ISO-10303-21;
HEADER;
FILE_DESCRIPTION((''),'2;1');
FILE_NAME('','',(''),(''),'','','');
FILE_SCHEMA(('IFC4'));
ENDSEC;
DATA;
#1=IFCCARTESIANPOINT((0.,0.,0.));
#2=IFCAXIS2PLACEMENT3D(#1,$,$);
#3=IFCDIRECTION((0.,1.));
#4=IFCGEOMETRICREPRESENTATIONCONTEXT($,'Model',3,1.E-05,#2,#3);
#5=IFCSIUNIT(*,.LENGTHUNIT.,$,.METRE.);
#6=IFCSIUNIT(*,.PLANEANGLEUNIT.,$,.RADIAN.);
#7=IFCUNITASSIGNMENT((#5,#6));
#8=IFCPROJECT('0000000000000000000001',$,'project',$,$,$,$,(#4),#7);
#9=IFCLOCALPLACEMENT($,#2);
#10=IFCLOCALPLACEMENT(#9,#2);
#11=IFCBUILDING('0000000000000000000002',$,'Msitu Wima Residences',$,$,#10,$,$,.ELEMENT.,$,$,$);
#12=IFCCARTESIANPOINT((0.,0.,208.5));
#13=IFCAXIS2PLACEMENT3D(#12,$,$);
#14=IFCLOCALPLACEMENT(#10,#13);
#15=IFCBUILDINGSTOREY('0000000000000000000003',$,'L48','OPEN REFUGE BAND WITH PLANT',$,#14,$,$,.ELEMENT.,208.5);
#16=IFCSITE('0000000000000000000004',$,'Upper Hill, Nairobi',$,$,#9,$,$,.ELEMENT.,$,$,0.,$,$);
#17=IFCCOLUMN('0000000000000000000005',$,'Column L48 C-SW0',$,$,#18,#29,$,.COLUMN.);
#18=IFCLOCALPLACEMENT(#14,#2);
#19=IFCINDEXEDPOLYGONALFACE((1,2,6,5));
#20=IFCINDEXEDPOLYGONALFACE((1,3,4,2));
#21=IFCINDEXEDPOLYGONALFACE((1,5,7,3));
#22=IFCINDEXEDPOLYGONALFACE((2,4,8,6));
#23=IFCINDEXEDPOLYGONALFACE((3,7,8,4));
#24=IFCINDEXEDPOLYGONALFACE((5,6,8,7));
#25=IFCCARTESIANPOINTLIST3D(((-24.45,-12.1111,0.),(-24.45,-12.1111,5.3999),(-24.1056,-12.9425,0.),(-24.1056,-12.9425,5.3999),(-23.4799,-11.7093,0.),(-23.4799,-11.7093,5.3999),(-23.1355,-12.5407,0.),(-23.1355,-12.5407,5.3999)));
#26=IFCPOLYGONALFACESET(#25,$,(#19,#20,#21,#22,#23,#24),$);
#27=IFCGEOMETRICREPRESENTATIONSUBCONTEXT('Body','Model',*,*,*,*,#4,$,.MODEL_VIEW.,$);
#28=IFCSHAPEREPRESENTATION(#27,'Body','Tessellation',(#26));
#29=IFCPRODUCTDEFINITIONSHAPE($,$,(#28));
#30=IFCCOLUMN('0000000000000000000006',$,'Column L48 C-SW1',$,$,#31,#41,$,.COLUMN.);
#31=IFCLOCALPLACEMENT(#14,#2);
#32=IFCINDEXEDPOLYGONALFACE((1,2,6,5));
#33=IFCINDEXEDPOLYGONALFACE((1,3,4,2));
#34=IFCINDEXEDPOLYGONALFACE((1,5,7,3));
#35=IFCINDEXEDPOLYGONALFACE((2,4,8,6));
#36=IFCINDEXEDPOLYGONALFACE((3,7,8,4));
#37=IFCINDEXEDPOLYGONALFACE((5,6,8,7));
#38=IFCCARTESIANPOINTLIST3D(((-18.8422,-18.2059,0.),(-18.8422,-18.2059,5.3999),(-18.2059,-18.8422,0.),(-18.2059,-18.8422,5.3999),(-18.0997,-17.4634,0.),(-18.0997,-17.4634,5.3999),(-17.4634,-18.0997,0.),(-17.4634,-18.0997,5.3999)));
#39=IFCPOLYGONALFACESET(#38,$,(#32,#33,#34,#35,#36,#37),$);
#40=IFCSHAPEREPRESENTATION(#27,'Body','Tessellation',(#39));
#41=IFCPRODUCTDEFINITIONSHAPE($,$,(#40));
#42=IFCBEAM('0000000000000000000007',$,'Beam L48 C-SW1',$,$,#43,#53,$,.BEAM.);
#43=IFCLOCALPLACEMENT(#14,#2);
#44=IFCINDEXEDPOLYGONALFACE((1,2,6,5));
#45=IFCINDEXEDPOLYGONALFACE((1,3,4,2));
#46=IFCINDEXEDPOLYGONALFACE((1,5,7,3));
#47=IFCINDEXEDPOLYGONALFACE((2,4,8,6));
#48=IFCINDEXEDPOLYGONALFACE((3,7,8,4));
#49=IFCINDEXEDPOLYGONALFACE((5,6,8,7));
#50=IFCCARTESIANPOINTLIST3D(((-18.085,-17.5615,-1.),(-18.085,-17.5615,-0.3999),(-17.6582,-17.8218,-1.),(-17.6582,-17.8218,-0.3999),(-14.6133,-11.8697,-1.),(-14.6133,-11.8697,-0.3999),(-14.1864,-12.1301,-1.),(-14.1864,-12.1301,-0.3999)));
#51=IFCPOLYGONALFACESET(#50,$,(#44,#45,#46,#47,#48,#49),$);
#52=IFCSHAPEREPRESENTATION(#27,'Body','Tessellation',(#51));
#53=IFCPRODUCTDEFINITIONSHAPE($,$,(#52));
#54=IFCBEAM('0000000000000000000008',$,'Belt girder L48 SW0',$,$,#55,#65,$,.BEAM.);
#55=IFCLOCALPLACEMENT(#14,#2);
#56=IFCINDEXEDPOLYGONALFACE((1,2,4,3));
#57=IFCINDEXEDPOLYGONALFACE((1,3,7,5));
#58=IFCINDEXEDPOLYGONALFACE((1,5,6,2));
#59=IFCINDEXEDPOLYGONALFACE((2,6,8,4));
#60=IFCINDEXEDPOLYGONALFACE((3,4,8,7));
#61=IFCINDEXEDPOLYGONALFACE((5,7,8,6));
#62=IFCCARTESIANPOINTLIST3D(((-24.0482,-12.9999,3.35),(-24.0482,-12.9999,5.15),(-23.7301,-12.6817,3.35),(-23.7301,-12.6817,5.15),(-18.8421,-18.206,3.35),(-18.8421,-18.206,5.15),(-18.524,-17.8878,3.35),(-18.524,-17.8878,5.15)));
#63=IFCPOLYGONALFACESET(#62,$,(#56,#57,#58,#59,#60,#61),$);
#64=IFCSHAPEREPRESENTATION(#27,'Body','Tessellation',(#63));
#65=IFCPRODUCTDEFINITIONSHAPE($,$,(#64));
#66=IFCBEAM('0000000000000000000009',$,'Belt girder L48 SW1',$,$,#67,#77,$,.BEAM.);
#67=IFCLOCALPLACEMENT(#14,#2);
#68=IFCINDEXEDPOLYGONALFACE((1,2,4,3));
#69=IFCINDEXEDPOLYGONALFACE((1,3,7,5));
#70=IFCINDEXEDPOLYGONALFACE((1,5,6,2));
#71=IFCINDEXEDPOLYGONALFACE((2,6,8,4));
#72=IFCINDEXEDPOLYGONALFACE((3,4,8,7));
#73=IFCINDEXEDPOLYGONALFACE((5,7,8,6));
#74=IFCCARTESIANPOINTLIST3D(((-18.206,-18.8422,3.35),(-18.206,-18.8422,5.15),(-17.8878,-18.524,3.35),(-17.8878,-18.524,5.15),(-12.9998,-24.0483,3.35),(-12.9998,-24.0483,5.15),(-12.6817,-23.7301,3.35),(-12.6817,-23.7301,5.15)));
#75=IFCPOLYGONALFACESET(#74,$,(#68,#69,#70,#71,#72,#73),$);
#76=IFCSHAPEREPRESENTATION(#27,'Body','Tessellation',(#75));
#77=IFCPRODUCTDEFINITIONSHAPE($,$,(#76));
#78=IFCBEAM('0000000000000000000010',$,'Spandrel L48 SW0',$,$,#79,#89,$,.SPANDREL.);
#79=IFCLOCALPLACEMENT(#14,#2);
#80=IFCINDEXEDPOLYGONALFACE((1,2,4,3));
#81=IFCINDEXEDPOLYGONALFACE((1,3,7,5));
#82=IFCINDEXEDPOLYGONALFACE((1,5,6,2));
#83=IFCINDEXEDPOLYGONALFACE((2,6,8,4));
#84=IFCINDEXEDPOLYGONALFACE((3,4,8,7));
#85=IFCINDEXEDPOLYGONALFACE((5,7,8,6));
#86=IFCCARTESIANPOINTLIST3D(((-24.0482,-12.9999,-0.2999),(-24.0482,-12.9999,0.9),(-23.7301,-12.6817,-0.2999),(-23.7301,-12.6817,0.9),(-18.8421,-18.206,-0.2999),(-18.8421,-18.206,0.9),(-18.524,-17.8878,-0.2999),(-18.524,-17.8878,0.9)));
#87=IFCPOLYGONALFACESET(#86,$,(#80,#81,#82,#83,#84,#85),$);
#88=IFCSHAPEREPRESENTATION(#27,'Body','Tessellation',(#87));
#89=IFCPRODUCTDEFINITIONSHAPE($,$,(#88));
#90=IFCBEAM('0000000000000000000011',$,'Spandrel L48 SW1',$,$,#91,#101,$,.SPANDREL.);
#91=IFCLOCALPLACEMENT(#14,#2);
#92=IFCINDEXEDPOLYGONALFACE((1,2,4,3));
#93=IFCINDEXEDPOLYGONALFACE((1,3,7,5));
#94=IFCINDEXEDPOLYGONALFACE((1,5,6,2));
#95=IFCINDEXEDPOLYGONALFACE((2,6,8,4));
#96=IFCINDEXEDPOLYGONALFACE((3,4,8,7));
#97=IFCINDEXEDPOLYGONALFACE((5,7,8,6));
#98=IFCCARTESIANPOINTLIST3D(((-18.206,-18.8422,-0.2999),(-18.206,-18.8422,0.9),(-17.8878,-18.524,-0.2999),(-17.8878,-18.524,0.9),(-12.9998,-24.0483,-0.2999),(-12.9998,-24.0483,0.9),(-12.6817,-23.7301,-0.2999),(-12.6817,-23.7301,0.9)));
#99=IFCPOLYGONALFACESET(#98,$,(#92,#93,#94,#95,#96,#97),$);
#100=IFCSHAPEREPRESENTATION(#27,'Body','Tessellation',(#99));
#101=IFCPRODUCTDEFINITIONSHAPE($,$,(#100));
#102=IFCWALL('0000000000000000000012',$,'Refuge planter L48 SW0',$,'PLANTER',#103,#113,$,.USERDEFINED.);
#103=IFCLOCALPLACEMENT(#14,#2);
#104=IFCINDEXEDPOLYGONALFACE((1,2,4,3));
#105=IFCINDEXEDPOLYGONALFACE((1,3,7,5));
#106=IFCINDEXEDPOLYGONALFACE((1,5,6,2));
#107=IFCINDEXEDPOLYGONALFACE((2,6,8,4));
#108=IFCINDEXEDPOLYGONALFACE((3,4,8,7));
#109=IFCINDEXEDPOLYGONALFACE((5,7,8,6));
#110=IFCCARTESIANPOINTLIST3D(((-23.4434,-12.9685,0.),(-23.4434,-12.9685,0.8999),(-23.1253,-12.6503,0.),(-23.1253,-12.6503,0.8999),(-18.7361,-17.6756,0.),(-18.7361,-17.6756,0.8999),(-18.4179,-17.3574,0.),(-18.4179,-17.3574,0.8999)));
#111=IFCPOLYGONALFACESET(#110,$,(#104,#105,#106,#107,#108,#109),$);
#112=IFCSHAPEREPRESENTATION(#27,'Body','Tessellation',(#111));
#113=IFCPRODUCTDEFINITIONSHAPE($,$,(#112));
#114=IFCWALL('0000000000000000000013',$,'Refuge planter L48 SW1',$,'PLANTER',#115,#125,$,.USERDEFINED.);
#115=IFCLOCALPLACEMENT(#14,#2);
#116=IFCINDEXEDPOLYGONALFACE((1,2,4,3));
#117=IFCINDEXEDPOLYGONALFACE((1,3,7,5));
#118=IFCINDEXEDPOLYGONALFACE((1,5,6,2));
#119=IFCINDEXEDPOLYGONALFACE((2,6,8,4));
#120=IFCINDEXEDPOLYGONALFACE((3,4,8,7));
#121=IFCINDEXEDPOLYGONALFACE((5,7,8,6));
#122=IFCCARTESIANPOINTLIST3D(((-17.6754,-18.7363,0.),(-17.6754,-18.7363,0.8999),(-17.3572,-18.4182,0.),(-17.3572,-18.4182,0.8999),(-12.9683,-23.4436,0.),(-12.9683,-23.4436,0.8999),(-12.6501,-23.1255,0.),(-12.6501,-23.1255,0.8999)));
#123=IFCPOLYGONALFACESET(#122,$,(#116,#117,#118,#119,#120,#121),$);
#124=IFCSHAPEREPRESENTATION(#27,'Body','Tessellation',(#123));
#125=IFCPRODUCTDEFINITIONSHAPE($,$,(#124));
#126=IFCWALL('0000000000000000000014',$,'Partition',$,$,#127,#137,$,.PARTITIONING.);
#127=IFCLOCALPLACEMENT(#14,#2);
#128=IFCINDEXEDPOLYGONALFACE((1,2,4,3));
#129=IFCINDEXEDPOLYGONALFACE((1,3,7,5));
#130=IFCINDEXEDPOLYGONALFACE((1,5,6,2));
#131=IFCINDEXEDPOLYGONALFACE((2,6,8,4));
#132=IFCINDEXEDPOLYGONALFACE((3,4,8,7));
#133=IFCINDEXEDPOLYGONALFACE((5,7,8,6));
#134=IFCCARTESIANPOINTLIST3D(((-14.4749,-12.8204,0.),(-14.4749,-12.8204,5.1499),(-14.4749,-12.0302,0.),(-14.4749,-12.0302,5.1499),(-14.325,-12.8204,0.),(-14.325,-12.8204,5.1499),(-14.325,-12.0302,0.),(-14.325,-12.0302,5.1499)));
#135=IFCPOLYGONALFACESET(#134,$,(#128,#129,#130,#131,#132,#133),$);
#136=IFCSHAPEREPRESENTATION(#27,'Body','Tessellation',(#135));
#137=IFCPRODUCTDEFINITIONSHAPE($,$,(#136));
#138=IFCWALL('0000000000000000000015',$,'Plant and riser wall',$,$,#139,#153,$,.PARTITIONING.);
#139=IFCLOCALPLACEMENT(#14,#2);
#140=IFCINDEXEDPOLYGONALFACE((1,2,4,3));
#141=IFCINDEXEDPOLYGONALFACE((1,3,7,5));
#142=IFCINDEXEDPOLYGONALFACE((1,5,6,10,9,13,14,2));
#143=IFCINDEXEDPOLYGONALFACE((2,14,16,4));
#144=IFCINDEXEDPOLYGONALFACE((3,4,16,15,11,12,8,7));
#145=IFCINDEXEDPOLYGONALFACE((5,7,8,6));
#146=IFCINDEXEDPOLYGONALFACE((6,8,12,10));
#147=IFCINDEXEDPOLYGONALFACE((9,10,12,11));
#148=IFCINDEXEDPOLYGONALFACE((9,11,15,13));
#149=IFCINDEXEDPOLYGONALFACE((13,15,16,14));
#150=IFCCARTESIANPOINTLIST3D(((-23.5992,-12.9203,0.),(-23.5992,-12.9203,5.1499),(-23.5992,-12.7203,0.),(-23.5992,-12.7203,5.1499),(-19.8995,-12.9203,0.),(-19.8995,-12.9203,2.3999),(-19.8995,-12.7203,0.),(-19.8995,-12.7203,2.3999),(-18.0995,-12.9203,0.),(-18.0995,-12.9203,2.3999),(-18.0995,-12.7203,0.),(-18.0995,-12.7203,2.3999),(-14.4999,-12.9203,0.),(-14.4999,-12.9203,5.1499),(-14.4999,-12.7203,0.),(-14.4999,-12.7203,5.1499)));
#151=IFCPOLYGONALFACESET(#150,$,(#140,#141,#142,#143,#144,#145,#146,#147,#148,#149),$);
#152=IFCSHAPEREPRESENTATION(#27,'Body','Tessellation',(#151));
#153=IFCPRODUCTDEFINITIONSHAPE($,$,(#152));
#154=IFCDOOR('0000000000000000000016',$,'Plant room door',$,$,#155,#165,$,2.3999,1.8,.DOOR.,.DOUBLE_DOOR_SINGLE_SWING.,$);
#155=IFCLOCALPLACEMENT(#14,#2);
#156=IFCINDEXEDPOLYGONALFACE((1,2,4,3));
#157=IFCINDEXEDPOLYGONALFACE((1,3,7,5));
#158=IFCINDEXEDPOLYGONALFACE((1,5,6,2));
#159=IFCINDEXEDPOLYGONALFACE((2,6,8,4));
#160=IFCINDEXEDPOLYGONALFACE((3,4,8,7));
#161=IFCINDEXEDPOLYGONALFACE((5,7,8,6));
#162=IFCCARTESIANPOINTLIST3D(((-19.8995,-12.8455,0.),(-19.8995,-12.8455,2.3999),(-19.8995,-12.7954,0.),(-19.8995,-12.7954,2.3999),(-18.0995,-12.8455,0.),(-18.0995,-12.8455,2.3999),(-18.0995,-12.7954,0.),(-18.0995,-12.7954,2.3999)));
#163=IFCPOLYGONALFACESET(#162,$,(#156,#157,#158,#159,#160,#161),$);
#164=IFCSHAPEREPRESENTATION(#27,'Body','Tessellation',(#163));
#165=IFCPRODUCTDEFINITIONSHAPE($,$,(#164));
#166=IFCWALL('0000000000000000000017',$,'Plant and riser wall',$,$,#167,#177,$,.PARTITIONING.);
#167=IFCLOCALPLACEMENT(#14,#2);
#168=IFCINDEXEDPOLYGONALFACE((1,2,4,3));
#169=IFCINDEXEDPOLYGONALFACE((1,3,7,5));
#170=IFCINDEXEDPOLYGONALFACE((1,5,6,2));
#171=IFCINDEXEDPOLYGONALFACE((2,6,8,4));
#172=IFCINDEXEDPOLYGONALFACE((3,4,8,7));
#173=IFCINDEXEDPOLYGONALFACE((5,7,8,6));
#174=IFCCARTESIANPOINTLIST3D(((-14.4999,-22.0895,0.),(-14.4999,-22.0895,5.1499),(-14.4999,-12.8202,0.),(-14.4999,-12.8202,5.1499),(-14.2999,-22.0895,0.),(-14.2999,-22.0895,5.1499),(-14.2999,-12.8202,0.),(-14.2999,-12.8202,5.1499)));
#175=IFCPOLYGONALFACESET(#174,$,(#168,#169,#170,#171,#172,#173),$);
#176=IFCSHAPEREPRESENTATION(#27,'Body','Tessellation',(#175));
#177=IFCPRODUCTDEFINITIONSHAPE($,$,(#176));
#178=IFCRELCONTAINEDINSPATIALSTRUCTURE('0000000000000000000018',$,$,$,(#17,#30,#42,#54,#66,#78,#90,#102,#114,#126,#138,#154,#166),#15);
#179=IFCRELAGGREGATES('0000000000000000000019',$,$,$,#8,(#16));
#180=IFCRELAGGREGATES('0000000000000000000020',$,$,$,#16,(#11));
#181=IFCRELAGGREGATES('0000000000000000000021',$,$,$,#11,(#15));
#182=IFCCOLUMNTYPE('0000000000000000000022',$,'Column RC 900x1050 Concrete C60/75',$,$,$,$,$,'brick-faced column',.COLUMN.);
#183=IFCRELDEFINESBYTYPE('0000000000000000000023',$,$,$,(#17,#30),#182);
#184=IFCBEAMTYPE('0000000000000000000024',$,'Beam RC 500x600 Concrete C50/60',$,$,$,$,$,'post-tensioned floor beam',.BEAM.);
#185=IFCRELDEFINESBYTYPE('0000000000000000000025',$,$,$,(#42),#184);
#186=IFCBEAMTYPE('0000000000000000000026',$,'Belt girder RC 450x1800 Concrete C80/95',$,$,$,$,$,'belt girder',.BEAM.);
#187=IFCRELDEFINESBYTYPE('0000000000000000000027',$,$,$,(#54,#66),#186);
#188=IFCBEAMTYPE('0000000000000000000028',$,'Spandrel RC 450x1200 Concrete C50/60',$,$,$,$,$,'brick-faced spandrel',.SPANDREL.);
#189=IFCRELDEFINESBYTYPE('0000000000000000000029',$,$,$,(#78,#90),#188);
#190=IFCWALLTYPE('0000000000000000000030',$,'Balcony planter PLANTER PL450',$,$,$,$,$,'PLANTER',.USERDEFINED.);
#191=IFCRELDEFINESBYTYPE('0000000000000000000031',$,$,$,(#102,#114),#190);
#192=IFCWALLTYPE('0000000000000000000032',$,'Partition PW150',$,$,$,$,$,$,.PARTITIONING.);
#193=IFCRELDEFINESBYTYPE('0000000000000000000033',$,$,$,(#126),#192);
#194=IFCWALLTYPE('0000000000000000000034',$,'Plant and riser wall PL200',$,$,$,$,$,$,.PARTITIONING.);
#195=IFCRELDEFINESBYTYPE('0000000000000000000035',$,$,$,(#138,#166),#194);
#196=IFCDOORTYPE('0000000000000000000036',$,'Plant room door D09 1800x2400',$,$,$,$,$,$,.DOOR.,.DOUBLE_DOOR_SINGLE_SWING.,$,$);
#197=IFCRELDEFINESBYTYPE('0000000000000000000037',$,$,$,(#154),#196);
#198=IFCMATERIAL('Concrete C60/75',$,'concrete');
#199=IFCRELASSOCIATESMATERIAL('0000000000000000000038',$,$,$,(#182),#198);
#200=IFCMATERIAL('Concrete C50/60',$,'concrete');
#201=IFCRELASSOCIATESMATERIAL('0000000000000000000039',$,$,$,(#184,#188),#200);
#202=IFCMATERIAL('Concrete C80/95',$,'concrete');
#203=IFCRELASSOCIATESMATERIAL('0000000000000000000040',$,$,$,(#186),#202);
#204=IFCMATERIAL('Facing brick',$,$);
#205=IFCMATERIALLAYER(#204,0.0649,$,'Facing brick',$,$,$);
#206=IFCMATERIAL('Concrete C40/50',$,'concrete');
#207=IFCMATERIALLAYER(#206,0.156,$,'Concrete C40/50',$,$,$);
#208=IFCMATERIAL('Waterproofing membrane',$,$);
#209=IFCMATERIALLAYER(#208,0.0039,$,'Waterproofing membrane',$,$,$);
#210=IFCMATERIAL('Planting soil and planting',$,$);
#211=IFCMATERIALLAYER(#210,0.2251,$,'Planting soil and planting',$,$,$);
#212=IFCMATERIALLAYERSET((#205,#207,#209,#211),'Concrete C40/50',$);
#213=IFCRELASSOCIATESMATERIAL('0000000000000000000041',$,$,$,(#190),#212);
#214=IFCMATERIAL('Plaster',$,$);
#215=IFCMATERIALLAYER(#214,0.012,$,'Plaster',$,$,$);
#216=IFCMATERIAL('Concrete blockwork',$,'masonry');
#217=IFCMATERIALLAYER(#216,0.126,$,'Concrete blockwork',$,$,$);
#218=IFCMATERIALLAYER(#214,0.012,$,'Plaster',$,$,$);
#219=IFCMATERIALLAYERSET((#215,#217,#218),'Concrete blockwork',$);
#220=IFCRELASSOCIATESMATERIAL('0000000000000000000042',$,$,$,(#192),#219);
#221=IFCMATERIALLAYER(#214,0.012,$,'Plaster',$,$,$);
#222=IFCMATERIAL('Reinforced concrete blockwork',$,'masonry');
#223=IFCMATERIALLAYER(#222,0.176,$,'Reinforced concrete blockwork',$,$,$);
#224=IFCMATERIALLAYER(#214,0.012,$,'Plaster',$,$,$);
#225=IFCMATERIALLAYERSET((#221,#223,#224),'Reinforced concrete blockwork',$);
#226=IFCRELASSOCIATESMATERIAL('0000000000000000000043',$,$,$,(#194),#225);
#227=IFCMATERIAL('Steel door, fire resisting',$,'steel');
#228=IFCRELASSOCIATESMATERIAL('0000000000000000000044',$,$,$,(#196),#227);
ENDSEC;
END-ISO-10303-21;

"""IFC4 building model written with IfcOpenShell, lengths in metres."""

from ifc_helpers import new_model, si_unit, direction, frame, frame_2d, origin, origin_2d, place, context, subcontext, project, spatial, rectangle, extrude, material, layer, layer_set, material_profile, profile_set, type_object, element, fill, save


model = new_model("IFC4")

# Units and contexts
model_context = context("Model", 3, precision=1e-05, world=origin(), true_north=direction((0.0, 1.0)))
body_context = subcontext(model_context, "Body", "Model", "MODEL_VIEW")
ifc_project = project(units=[si_unit("LENGTHUNIT", "METRE"), si_unit("PLANEANGLEUNIT", "RADIAN")], contexts=[model_context])

# Site, building, storey
site_placement = place(None, origin())
site = spatial("IfcSite", under=ifc_project, at=site_placement, Name="Upper Hill, Nairobi", CompositionType="ELEMENT", RefElevation=0.0)
building_placement = place(site_placement, origin())
building = spatial("IfcBuilding", under=site, at=building_placement, Name="Msitu Wima Residences", CompositionType="ELEMENT")
storey_placement = place(building_placement, frame((0.0, 0.0, 208.5)))
storey = spatial("IfcBuildingStorey", under=building, at=storey_placement, Name="L48", Description="OPEN REFUGE BAND WITH PLANT", CompositionType="ELEMENT", Elevation=208.5)

# Columns
ifc_material_1 = material(Name="Concrete C60/75", Category="concrete")
ifc_material_profile_1 = material_profile(ifc_material_1, rectangle(XDim=0.8999, YDim=1.05, at=origin_2d()), Name="RC 900x1050")
ifc_profile_set_1 = profile_set([ifc_material_profile_1], Name="Concrete C60/75")
column_type = type_object("IfcColumnType", Name="Column RC 900x1050 Concrete C60/75", ElementType="brick-faced column", PredefinedType="COLUMN", material=ifc_profile_set_1)
for number, where, z_axis, x_axis, name in (
    (1, (-23.7927, -12.3259, 0.0), (0.0, 0.0, 1.0), (0.382683, -0.92388, 0.0), "Column L48 C-SW0"),
    (2, (-18.1528, -18.1528, 0.0), (0.0, 0.0, 1.0), (0.707107, -0.707107, 0.0), "Column L48 C-SW1"),
):
    element("IfcColumn", number, at=place(storey_placement, frame(where, z_axis=z_axis, x_axis=x_axis)), inside=storey, type_object=column_type, Name=name, PredefinedType="COLUMN", context=body_context, shape_type="SweptSolid", body=[
        extrude(rectangle(XDim=0.8999, YDim=1.05, at=origin_2d()), origin(), (0.0, 0.0, 1.0), 5.3999),
    ])

# Beams
ifc_material_2 = material(Name="Concrete C50/60", Category="concrete")
ifc_material_profile_2 = material_profile(ifc_material_2, rectangle(XDim=0.5, YDim=0.6001, at=origin_2d()), Name="RC 500x600")
ifc_profile_set_2 = profile_set([ifc_material_profile_2], Name="Concrete C50/60")
beam_type_1 = type_object("IfcBeamType", Name="Beam RC 500x600 Concrete C50/60", ElementType="post-tensioned floor beam", PredefinedType="BEAM", material=ifc_profile_set_2)
beam_placement = place(storey_placement, frame((-17.8716, -17.6917, -0.7), z_axis=(0.520734, 0.853719, 0.0), x_axis=(-0.853719, 0.520734, 0.0)))
element("IfcBeam", 3, at=beam_placement, inside=storey, type_object=beam_type_1, Name="Beam L48 C-SW1", PredefinedType="BEAM", context=body_context, shape_type="SweptSolid", body=[
    extrude(rectangle(XDim=0.5, YDim=0.6001, at=origin_2d()), origin(), (0.0, 0.0, 1.0), 6.667),
])
ifc_material_3 = material(Name="Concrete C80/95", Category="concrete")
ifc_material_profile_3 = material_profile(ifc_material_3, rectangle(XDim=0.45, YDim=1.8, at=origin_2d()), Name="RC 450x1800")
ifc_profile_set_3 = profile_set([ifc_material_profile_3], Name="Concrete C80/95")
beam_type_2 = type_object("IfcBeamType", Name="Belt girder RC 450x1800 Concrete C80/95", ElementType="belt girder", PredefinedType="BEAM", material=ifc_profile_set_3)
for number, where, z_axis, x_axis, name in (
    (4, (-23.8892, -12.8408, 4.25), (0.707107, -0.707107, 0.0), (0.707107, 0.707107, 0.0), "Belt girder L48 SW0"),
    (5, (-18.0469, -18.6831, 4.25), (0.707107, -0.707107, 0.0), (0.707107, 0.707107, 0.0), "Belt girder L48 SW1"),
):
    element("IfcBeam", number, at=place(storey_placement, frame(where, z_axis=z_axis, x_axis=x_axis)), inside=storey, type_object=beam_type_2, Name=name, PredefinedType="BEAM", context=body_context, shape_type="SweptSolid", body=[
        extrude(rectangle(XDim=0.45, YDim=1.8, at=origin_2d()), origin(), (0.0, 0.0, 1.0), 7.3625),
    ])
ifc_material_profile_4 = material_profile(ifc_material_2, rectangle(XDim=0.45, YDim=1.2, at=origin_2d()), Name="RC 450x1200")
ifc_profile_set_4 = profile_set([ifc_material_profile_4], Name="Concrete C50/60")
beam_type_3 = type_object("IfcBeamType", Name="Spandrel RC 450x1200 Concrete C50/60", ElementType="brick-faced spandrel", PredefinedType="SPANDREL", material=ifc_profile_set_4)
for number, where, z_axis, x_axis, name in (
    (6, (-23.8892, -12.8408, 0.3), (0.707107, -0.707107, 0.0), (0.707107, 0.707107, 0.0), "Spandrel L48 SW0"),
    (7, (-18.0469, -18.6831, 0.3), (0.707107, -0.707107, 0.0), (0.707107, 0.707107, 0.0), "Spandrel L48 SW1"),
):
    element("IfcBeam", number, at=place(storey_placement, frame(where, z_axis=z_axis, x_axis=x_axis)), inside=storey, type_object=beam_type_3, Name=name, PredefinedType="SPANDREL", context=body_context, shape_type="SweptSolid", body=[
        extrude(rectangle(XDim=0.45, YDim=1.2, at=origin_2d()), origin(), (0.0, 0.0, 1.0), 7.3625),
    ])

# Walls
ifc_material_4 = material(Name="Facing brick")
ifc_layer_1 = layer(ifc_material_4, 0.0649, Name="Facing brick")
ifc_material_5 = material(Name="Concrete C40/50", Category="concrete")
ifc_layer_2 = layer(ifc_material_5, 0.156, Name="Concrete C40/50")
ifc_material_6 = material(Name="Waterproofing membrane")
ifc_layer_3 = layer(ifc_material_6, 0.0039, Name="Waterproofing membrane")
ifc_material_7 = material(Name="Planting soil and planting")
ifc_layer_4 = layer(ifc_material_7, 0.2251, Name="Planting soil and planting")
ifc_layer_set_1 = layer_set([ifc_layer_1, ifc_layer_2, ifc_layer_3, ifc_layer_4], Name="Concrete C40/50")
wall_type_1 = type_object("IfcWallType", Name="Balcony planter PLANTER PL450", ElementType="PLANTER", PredefinedType="USERDEFINED", material=ifc_layer_set_1)
for number, where, z_axis, x_axis, name in (
    (8, (-23.2844, -12.8093, 0.0), (0.0, 0.0, 1.0), (0.707125, -0.707088, 0.0), "Refuge planter L48 SW0"),
    (9, (-17.5164, -18.5771, 0.0), (0.0, 0.0, 1.0), (0.707088, -0.707125, 0.0), "Refuge planter L48 SW1"),
):
    element("IfcWall", number, at=place(storey_placement, frame(where, z_axis=z_axis, x_axis=x_axis)), inside=storey, type_object=wall_type_1, Name=name, ObjectType="PLANTER", PredefinedType="USERDEFINED", context=body_context, shape_type="SweptSolid", body=[
        extrude(rectangle(XDim=6.657, YDim=0.45, at=frame_2d((3.3286, 0.0))), origin(), (0.0, 0.0, 1.0), 0.8999),
    ])
ifc_material_8 = material(Name="Plaster")
ifc_layer_5 = layer(ifc_material_8, 0.012, Name="Plaster")
ifc_material_9 = material(Name="Concrete blockwork", Category="masonry")
ifc_layer_6 = layer(ifc_material_9, 0.126, Name="Concrete blockwork")
ifc_layer_7 = layer(ifc_material_8, 0.012, Name="Plaster")
ifc_layer_set_2 = layer_set([ifc_layer_5, ifc_layer_6, ifc_layer_7], Name="Concrete blockwork")
wall_type_2 = type_object("IfcWallType", Name="Partition PW150", PredefinedType="PARTITIONING", material=ifc_layer_set_2)
wall_1_placement = place(storey_placement, frame((-14.3999, -12.8203, 0.0), z_axis=(0.0, 0.0, 1.0), x_axis=(0.0, 1.0, 0.0)))
element("IfcWall", 10, at=wall_1_placement, inside=storey, type_object=wall_type_2, Name="Partition", PredefinedType="PARTITIONING", context=body_context, shape_type="SweptSolid", body=[
    extrude(rectangle(XDim=0.7903, YDim=0.1499, at=frame_2d((0.395, 0.0))), origin(), (0.0, 0.0, 1.0), 5.1499),
])

# Wall, opening, door
ifc_layer_8 = layer(ifc_material_8, 0.012, Name="Plaster")
ifc_material_10 = material(Name="Reinforced concrete blockwork", Category="masonry")
ifc_layer_9 = layer(ifc_material_10, 0.176, Name="Reinforced concrete blockwork")
ifc_layer_10 = layer(ifc_material_8, 0.012, Name="Plaster")
ifc_layer_set_3 = layer_set([ifc_layer_8, ifc_layer_9, ifc_layer_10], Name="Reinforced concrete blockwork")
wall_type_3 = type_object("IfcWallType", Name="Plant and riser wall PL200", PredefinedType="PARTITIONING", material=ifc_layer_set_3)
wall_2_placement = place(storey_placement, frame((-23.5994, -12.8203, 0.0), z_axis=(0.0, 0.0, 1.0), x_axis=(1.0, 0.0, 0.0)))
wall_2 = element("IfcWall", 11, at=wall_2_placement, inside=storey, type_object=wall_type_3, Name="Plant and riser wall", PredefinedType="PARTITIONING", context=body_context, shape_type="SweptSolid", body=[
    extrude(rectangle(XDim=9.0994, YDim=0.2, at=frame_2d((4.5498, 0.0))), origin(), (0.0, 0.0, 1.0), 5.1499),
])
opening_placement = place(wall_2_placement, frame((3.7, 0.0, 0.0)))
opening = element("IfcOpeningElement", 12, at=opening_placement, cuts=wall_2, PredefinedType="OPENING", context=body_context, shape_type="SweptSolid", body=[
    extrude(rectangle(XDim=1.8, YDim=2.3999, at=frame_2d((0.8999, 1.2))), frame((0.0, 0.1099, 0.0), z_axis=(0.0, -1.0, 0.0), x_axis=(1.0, 0.0, 0.0)), (0.0, 0.0, 1.0), 0.22),
])
ifc_material_11 = material(Name="Steel door, fire resisting", Category="steel")
door_type = type_object("IfcDoorType", Name="Plant room door D09 1800x2400", OperationType="DOUBLE_DOOR_SINGLE_SWING", PredefinedType="DOOR", material=ifc_material_11)
door_placement = place(opening_placement, origin())
door = element("IfcDoor", 13, at=door_placement, inside=storey, type_object=door_type, Name="Plant room door", OperationType="DOUBLE_DOOR_SINGLE_SWING", OverallHeight=2.3999, OverallWidth=1.8, PredefinedType="DOOR", context=body_context, shape_type="SweptSolid", body=[
    extrude(rectangle(XDim=1.8, YDim=2.3999, at=frame_2d((0.8999, 1.2))), frame((0.0, 0.0249, 0.0), z_axis=(0.0, -1.0, 0.0), x_axis=(1.0, 0.0, 0.0)), (0.0, 0.0, 1.0), 0.05),
])
fill(opening, door)

# Wall
wall_3_placement = place(storey_placement, frame((-14.3999, -22.0896, 0.0), z_axis=(0.0, 0.0, 1.0), x_axis=(0.0, 1.0, 0.0)))
element("IfcWall", 14, at=wall_3_placement, inside=storey, type_object=wall_type_3, Name="Plant and riser wall", PredefinedType="PARTITIONING", context=body_context, shape_type="SweptSolid", body=[
    extrude(rectangle(XDim=9.2693, YDim=0.2, at=frame_2d((4.6348, 0.0))), origin(), (0.0, 0.0, 1.0), 5.1499),
])

save(model, "model.ifc")
